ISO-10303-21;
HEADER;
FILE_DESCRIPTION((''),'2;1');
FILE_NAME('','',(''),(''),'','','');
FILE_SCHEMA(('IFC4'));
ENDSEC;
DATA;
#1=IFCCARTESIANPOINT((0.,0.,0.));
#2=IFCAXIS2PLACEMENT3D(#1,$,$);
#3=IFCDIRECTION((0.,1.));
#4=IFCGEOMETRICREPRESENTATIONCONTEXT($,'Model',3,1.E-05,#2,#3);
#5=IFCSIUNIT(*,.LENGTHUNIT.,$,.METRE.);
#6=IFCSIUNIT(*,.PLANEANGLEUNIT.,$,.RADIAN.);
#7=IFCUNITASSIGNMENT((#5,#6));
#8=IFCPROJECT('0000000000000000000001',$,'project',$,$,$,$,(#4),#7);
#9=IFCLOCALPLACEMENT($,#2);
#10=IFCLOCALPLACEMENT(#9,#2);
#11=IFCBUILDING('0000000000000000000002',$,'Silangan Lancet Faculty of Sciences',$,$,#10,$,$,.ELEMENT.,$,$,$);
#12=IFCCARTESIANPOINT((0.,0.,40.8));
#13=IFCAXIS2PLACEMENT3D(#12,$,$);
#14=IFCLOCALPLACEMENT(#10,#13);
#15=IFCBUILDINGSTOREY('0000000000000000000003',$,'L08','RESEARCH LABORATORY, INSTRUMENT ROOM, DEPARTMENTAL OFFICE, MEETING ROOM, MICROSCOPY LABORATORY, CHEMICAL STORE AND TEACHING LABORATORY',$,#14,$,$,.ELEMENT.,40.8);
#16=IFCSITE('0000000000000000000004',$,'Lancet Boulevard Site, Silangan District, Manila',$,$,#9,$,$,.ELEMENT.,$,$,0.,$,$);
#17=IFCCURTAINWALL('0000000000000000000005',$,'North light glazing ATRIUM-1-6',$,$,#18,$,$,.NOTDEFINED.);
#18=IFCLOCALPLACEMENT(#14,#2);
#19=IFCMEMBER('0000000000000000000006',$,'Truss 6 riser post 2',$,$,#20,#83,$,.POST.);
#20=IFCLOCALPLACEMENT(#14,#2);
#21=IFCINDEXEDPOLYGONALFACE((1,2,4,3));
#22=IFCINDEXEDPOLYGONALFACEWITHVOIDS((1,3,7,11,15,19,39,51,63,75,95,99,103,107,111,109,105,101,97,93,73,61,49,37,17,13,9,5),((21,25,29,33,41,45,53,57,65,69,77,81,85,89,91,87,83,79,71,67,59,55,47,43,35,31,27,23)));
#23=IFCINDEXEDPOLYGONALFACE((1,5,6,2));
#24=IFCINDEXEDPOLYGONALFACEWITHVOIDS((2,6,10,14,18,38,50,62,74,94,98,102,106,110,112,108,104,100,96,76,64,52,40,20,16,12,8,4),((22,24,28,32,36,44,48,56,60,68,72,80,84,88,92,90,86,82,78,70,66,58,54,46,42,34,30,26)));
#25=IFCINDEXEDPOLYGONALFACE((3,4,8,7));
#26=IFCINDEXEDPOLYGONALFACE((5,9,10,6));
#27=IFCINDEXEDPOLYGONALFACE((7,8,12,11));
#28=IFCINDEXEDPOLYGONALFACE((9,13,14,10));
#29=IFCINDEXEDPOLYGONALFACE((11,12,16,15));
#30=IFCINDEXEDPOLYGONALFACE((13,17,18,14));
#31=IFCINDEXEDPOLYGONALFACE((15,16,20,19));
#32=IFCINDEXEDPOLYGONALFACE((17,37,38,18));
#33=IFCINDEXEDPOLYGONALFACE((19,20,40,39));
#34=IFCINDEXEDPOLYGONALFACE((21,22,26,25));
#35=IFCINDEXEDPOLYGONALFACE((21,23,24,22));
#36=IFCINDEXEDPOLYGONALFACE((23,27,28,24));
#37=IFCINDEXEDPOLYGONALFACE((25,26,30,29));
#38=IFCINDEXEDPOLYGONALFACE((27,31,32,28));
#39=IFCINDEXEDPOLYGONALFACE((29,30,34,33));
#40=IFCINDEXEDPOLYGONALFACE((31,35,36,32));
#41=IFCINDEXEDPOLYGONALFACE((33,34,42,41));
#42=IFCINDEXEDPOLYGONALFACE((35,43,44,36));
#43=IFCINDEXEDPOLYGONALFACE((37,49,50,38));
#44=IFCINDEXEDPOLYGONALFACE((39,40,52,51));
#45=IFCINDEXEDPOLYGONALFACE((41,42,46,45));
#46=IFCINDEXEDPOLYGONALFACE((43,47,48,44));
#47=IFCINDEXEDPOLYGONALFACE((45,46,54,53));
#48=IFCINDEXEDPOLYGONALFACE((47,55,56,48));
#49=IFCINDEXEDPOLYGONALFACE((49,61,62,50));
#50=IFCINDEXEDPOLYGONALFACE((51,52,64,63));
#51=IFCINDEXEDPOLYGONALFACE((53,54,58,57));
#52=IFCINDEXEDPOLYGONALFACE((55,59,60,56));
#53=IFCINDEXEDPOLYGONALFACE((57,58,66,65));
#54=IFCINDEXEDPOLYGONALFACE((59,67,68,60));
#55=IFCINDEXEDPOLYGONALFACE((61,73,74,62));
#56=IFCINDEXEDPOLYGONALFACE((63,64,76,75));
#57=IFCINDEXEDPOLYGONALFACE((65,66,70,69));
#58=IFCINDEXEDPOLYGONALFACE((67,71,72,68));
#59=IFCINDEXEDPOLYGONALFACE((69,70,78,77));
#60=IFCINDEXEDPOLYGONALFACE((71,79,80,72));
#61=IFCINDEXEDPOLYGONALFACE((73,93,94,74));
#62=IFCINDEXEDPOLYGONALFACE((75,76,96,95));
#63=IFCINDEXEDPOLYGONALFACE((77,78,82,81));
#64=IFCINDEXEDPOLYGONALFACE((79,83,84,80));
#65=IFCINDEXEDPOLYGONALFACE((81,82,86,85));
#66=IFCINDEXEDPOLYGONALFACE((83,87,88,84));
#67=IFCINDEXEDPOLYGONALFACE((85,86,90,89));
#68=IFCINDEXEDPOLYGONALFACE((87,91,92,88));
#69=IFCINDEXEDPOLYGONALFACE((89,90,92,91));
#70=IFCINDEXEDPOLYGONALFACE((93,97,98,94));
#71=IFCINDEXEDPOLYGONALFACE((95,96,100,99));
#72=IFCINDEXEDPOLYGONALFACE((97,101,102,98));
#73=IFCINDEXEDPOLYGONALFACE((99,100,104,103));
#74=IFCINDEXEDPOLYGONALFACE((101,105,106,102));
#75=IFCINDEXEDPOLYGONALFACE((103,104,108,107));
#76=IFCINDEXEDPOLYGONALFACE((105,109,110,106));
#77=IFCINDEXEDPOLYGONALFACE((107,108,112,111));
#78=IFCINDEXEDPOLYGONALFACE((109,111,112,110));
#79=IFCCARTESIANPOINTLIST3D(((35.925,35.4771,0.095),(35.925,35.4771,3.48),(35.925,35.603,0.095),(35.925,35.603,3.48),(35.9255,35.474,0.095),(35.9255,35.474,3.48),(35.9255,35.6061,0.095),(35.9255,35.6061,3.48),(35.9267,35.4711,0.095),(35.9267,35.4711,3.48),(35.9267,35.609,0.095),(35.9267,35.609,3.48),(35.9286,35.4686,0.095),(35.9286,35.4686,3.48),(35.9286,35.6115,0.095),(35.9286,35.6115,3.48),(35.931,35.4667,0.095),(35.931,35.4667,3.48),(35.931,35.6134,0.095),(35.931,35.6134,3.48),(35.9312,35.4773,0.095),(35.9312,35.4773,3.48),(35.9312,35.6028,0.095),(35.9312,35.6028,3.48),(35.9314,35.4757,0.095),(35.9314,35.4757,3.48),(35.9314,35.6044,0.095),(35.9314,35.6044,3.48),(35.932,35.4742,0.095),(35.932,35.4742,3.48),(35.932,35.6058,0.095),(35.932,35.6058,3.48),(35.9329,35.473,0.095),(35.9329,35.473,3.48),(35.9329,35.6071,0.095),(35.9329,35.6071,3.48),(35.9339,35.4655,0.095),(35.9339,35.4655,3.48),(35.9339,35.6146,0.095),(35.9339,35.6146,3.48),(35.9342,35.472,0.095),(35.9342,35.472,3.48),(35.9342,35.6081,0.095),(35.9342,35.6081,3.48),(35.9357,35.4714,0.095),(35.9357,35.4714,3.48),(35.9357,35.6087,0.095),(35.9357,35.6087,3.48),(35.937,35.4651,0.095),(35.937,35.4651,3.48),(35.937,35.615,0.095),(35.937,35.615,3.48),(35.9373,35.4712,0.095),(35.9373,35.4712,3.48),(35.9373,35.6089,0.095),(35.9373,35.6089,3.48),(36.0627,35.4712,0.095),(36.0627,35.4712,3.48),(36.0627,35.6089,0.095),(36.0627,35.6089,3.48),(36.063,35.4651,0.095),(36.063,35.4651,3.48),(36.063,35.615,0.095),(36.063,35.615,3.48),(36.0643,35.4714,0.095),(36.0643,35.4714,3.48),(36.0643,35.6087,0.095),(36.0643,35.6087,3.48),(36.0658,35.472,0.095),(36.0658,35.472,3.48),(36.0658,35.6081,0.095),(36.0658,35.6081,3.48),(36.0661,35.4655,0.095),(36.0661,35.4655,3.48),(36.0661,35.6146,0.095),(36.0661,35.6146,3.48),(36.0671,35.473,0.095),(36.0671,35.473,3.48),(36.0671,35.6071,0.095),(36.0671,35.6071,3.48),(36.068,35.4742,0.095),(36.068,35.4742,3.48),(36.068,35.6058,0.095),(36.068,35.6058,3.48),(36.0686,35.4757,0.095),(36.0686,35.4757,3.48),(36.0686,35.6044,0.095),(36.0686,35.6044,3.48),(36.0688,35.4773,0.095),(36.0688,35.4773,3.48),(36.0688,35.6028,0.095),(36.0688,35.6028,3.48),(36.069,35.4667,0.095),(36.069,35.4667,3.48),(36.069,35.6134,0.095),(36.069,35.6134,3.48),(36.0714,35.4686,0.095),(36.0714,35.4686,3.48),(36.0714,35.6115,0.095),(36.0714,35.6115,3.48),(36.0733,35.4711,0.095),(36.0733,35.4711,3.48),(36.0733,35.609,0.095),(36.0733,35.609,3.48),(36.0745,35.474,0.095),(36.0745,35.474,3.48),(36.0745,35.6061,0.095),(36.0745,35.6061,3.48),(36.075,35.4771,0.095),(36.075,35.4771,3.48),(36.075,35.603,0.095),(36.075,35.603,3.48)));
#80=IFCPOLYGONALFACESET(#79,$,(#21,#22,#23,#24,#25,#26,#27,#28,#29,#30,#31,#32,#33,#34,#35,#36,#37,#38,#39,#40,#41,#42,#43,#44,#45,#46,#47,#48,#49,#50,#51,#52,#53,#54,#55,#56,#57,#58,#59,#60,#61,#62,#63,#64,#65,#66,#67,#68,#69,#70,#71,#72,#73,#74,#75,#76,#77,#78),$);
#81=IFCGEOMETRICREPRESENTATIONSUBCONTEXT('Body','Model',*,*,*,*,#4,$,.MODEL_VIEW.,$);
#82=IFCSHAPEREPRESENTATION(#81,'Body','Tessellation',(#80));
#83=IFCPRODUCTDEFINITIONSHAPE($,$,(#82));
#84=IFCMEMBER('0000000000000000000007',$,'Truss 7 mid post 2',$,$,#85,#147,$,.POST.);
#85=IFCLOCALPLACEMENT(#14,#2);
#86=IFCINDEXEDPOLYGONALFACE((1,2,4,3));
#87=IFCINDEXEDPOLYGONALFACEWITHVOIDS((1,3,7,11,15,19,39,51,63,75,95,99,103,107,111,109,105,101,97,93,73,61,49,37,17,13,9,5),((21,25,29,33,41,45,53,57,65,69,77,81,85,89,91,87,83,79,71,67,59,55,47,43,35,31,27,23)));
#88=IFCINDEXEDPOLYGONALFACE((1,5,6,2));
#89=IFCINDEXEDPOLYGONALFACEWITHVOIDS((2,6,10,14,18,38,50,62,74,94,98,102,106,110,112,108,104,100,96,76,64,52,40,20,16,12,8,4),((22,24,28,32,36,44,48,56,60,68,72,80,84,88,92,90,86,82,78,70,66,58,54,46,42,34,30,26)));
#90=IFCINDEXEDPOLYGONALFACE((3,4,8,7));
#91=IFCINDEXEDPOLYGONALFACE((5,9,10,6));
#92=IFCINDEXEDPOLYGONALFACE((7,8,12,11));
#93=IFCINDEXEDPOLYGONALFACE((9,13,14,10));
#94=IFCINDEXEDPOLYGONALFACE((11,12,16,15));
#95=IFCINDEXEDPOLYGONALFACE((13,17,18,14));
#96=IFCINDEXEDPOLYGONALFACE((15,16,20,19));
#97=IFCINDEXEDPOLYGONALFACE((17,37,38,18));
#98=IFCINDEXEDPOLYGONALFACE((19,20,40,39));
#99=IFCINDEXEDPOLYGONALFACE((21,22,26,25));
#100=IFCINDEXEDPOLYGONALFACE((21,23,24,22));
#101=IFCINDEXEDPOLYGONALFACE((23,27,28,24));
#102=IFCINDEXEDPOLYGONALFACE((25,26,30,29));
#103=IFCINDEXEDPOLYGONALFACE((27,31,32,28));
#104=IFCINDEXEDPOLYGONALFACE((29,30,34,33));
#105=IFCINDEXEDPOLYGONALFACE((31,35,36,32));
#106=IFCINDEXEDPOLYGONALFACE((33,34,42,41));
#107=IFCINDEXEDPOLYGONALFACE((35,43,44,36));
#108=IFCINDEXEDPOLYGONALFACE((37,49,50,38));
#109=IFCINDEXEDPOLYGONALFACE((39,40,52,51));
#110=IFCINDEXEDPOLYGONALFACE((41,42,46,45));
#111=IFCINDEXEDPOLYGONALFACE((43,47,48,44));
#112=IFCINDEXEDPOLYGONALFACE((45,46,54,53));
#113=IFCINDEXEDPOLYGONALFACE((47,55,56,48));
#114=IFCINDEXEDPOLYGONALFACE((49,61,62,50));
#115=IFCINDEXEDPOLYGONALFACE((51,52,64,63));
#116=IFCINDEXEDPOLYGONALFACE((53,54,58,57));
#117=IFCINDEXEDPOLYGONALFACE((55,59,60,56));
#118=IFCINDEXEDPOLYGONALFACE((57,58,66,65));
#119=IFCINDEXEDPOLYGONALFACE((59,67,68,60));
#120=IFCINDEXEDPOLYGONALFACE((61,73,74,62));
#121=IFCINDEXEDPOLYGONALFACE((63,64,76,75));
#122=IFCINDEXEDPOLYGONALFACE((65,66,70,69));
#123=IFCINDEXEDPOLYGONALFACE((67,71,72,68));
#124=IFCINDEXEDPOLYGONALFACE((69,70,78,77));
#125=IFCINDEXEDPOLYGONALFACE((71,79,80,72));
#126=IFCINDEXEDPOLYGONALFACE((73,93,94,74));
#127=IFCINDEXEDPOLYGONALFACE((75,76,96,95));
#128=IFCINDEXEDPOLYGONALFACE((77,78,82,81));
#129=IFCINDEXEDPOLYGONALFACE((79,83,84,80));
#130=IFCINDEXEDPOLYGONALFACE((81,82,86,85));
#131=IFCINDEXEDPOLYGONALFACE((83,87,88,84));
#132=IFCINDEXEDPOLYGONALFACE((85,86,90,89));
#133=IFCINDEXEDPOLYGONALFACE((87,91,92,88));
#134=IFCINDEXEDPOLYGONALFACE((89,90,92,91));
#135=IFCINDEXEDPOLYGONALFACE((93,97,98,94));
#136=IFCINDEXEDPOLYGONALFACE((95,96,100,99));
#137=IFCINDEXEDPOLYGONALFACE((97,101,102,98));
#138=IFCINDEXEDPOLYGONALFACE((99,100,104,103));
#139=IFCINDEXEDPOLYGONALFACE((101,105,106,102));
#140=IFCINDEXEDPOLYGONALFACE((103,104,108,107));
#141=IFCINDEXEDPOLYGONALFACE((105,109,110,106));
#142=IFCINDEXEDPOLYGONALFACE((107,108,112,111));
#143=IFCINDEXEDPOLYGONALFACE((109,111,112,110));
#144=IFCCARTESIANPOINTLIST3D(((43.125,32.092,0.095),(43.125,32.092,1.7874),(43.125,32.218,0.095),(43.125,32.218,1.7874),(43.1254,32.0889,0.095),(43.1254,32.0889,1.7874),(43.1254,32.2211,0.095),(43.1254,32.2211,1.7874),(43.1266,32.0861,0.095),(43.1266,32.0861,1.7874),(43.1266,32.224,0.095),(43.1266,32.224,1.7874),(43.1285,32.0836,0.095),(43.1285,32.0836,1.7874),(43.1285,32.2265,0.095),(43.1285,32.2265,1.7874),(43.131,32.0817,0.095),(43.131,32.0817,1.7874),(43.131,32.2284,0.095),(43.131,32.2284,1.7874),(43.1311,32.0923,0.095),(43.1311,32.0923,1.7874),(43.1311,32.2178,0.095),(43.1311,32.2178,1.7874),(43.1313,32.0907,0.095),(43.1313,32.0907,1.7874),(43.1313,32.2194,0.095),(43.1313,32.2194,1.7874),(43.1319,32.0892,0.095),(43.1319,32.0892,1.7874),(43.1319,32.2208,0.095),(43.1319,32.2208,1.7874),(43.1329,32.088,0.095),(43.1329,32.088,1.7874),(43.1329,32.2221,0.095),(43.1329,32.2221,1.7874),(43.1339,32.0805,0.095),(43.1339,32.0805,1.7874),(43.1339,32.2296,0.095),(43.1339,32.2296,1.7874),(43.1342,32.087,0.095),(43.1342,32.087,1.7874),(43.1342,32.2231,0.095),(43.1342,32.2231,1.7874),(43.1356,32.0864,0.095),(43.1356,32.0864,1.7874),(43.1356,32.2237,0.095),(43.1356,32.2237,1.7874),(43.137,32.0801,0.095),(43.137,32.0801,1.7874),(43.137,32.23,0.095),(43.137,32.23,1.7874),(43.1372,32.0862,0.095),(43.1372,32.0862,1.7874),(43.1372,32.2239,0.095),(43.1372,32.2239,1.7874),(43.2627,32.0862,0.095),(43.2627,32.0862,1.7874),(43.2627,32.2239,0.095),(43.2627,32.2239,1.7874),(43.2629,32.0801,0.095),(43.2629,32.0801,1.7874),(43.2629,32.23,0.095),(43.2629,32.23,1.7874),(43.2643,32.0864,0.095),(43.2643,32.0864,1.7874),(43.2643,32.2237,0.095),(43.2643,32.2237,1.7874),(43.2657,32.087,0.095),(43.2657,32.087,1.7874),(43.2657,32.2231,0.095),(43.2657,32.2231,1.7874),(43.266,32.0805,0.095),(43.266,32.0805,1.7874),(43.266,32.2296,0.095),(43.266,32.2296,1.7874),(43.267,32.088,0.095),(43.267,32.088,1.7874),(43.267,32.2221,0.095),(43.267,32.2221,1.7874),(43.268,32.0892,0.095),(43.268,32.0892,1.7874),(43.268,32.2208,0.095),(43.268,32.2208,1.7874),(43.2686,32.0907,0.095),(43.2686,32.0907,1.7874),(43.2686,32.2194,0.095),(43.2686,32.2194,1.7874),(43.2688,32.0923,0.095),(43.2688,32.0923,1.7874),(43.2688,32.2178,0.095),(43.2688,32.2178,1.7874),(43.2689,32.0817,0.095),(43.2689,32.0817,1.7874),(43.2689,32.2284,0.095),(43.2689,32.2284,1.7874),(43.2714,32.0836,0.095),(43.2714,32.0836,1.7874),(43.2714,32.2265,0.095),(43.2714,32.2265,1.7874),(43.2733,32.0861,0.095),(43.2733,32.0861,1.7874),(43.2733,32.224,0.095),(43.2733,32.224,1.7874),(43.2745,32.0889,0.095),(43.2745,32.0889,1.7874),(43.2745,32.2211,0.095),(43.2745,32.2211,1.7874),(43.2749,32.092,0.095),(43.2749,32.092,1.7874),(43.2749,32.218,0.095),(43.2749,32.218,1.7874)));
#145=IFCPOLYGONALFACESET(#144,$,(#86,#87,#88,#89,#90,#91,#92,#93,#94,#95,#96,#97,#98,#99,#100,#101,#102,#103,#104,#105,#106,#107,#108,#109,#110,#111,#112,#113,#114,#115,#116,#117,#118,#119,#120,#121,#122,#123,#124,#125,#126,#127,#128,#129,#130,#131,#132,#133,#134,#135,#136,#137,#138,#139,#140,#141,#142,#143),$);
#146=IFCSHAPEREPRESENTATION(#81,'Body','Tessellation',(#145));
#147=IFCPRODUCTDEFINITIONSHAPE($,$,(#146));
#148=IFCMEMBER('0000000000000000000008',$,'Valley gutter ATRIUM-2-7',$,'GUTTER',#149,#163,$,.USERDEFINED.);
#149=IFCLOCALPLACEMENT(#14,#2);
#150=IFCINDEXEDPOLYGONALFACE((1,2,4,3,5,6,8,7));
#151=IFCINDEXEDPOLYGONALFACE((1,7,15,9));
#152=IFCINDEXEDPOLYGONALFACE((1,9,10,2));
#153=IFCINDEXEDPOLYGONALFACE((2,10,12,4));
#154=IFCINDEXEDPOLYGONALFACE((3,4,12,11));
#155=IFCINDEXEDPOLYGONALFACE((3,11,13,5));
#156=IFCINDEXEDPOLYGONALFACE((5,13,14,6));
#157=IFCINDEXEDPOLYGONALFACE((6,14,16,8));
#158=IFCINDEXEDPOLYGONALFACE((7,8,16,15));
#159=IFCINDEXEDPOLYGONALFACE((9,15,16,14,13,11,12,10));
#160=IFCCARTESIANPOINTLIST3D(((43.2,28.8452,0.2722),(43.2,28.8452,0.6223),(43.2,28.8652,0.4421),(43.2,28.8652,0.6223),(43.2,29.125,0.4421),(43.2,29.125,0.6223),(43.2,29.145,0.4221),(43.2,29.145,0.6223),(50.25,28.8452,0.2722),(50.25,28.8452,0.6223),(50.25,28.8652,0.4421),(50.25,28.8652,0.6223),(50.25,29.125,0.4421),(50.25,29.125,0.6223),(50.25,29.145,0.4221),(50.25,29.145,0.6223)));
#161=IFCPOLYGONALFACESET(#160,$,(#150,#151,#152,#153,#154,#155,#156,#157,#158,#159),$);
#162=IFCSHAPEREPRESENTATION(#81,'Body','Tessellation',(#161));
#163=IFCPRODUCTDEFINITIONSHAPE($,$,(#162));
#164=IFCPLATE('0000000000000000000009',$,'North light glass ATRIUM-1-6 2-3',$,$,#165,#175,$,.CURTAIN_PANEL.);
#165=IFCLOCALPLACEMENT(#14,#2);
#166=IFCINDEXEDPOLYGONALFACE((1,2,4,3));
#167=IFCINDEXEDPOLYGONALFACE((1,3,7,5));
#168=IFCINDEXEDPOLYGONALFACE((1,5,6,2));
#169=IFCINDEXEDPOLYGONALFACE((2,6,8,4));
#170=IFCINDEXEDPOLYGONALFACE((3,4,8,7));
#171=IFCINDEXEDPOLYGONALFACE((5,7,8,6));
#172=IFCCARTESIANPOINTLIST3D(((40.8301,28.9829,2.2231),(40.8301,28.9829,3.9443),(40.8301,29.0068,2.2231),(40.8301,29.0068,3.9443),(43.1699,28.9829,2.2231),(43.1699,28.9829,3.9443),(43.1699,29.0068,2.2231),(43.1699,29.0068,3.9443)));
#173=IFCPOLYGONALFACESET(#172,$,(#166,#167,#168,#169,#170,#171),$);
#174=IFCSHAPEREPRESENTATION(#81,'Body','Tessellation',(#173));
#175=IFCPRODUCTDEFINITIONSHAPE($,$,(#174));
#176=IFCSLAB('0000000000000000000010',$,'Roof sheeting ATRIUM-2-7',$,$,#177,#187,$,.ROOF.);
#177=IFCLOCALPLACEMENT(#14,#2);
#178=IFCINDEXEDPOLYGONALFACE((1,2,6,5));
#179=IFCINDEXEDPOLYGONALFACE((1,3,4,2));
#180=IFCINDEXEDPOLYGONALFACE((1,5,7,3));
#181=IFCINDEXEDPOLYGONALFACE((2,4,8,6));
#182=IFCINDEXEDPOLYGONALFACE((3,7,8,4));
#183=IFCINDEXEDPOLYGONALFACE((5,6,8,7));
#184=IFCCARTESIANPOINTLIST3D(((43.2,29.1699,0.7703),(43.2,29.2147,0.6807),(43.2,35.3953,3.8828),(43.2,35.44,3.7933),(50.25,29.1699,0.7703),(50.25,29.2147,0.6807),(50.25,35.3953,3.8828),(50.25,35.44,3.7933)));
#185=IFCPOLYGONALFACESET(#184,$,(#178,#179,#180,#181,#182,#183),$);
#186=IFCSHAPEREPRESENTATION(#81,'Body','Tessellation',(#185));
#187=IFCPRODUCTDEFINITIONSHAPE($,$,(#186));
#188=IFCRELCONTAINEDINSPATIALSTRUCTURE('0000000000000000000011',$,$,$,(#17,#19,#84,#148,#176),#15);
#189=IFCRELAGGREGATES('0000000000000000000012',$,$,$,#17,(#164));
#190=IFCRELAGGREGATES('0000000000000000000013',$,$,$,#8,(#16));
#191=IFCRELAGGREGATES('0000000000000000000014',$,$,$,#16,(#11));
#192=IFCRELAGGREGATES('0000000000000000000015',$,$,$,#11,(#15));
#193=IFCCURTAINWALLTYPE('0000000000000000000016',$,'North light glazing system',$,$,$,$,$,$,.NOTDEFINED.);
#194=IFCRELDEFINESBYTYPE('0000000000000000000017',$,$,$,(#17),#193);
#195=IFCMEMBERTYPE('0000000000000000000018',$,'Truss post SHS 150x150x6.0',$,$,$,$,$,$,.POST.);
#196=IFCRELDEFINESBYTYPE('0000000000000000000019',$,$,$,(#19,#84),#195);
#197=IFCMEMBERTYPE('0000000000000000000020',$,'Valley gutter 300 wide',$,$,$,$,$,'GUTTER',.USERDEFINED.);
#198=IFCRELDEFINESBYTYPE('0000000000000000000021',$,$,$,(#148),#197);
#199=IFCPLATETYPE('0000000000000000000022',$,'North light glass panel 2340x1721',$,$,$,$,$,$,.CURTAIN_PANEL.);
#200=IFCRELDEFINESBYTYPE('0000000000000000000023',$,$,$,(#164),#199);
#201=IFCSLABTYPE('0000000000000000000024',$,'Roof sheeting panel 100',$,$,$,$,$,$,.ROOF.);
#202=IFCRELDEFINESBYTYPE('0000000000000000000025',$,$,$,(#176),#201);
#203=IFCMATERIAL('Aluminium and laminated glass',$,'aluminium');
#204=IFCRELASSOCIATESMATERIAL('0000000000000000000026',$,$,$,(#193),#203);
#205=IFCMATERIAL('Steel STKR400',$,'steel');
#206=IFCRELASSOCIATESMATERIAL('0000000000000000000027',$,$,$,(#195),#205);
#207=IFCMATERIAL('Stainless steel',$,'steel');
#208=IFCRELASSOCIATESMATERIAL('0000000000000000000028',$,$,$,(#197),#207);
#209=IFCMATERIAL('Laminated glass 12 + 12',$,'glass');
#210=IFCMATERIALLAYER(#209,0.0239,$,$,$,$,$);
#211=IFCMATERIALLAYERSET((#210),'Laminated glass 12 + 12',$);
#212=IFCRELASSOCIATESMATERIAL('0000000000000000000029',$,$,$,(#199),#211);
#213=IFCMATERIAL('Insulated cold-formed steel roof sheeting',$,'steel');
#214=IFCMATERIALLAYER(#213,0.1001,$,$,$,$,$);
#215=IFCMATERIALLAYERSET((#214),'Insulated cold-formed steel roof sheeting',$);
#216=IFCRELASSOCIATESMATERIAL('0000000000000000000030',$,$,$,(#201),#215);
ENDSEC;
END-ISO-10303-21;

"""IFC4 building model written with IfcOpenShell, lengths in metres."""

from ifc_helpers import new_model, si_unit, direction, frame, origin, origin_2d, place, context, subcontext, project, spatial, polyline, hollow_rectangle, outline, extrude, material, layer, layer_set, material_profile, profile_set, type_object, element, aggregate, save


model = new_model("IFC4")

# Units and contexts
model_context = context("Model", 3, precision=1e-05, world=origin(), true_north=direction((0.0, 1.0)))
body_context = subcontext(model_context, "Body", "Model", "MODEL_VIEW")
ifc_project = project(units=[si_unit("LENGTHUNIT", "METRE"), si_unit("PLANEANGLEUNIT", "RADIAN")], contexts=[model_context])

# Site, building, storey
site_placement = place(None, origin())
site = spatial("IfcSite", under=ifc_project, at=site_placement, Name="Lancet Boulevard Site, Silangan District, Manila", CompositionType="ELEMENT", RefElevation=0.0)
building_placement = place(site_placement, origin())
building = spatial("IfcBuilding", under=site, at=building_placement, Name="Silangan Lancet Faculty of Sciences", CompositionType="ELEMENT")
storey_placement = place(building_placement, frame((0.0, 0.0, 40.8)))
storey = spatial("IfcBuildingStorey", under=building, at=storey_placement, Name="L08", Description="RESEARCH LABORATORY, INSTRUMENT ROOM, DEPARTMENTAL OFFICE, MEETING ROOM, MICROSCOPY LABORATORY, CHEMICAL STORE AND TEACHING LABORATORY", CompositionType="ELEMENT", Elevation=40.8)

# Curtain wall
ifc_material_1 = material(Name="Aluminium and laminated glass", Category="aluminium")
curtain_wall_type = type_object("IfcCurtainWallType", Name="North light glazing system", PredefinedType="NOTDEFINED", material=ifc_material_1)
curtain_wall_1_placement = place(storey_placement, origin())
curtain_wall_1 = element("IfcCurtainWall", 1, at=curtain_wall_1_placement, inside=storey, type_object=curtain_wall_type, Name="North light glazing ATRIUM-1-6", PredefinedType="NOTDEFINED")

# Members
ifc_material_2 = material(Name="Steel STKR400", Category="steel")
ifc_material_profile_1 = material_profile(ifc_material_2, hollow_rectangle(XDim=0.1499, YDim=0.1499, WallThickness=0.0061, InnerFilletRadius=0.0061, OuterFilletRadius=0.012, at=origin_2d()), Name="SHS 150x150x6.0")
ifc_profile_set_1 = profile_set([ifc_material_profile_1], Name="Steel STKR400")
member_type_1 = type_object("IfcMemberType", Name="Truss post SHS 150x150x6.0", PredefinedType="POST", material=ifc_profile_set_1)
member_1_placement = place(storey_placement, frame((36.0, 35.54, 0.095), z_axis=(0.0, 0.0, 1.0), x_axis=(1.0, 0.0, 0.0)))
element("IfcMember", 2, at=member_1_placement, inside=storey, type_object=member_type_1, Name="Truss 6 riser post 2", PredefinedType="POST", context=body_context, shape_type="SweptSolid", body=[
    extrude(hollow_rectangle(XDim=0.1499, YDim=0.1499, WallThickness=0.0061, InnerFilletRadius=0.0061, OuterFilletRadius=0.012, at=origin_2d()), origin(), (0.0, 0.0, 1.0), 3.385),
])
member_2_placement = place(storey_placement, frame((43.2, 32.155, 0.095), z_axis=(0.0, 0.0, 1.0), x_axis=(1.0, 0.0, 0.0)))
element("IfcMember", 3, at=member_2_placement, inside=storey, type_object=member_type_1, Name="Truss 7 mid post 2", PredefinedType="POST", context=body_context, shape_type="SweptSolid", body=[
    extrude(hollow_rectangle(XDim=0.1499, YDim=0.1499, WallThickness=0.0061, InnerFilletRadius=0.0061, OuterFilletRadius=0.012, at=origin_2d()), origin(), (0.0, 0.0, 1.0), 1.6924),
])
ifc_material_3 = material(Name="Stainless steel", Category="steel")
ifc_material_profile_2 = material_profile(ifc_material_3, outline(polyline([(-0.1499, 0.0), (0.1499, 0.1499), (0.1499, 0.3501), (0.1299, 0.3501), (0.1299, 0.1699), (-0.1299, 0.1699), (-0.1299, 0.3501), (-0.1499, 0.3501), (-0.1499, 0.0)])), Name="valley gutter")
ifc_profile_set_2 = profile_set([ifc_material_profile_2], Name="Stainless steel")
member_type_2 = type_object("IfcMemberType", Name="Valley gutter 300 wide", ElementType="GUTTER", PredefinedType="USERDEFINED", material=ifc_profile_set_2)
member_3_placement = place(storey_placement, frame((43.2, 28.9951, 0.2722), z_axis=(1.0, 0.0, 0.0), x_axis=(0.0, 1.0, 0.0)))
element("IfcMember", 4, at=member_3_placement, inside=storey, type_object=member_type_2, Name="Valley gutter ATRIUM-2-7", ObjectType="GUTTER", PredefinedType="USERDEFINED", context=body_context, shape_type="SweptSolid", body=[
    extrude(outline(polyline([(-0.1499, 0.0), (0.1499, 0.1499), (0.1499, 0.3501), (0.1299, 0.3501), (0.1299, 0.1699), (-0.1299, 0.1699), (-0.1299, 0.3501), (-0.1499, 0.3501), (-0.1499, 0.0)])), origin(), (0.0, 0.0, 1.0), 7.05),
])

# Plate
ifc_material_4 = material(Name="Laminated glass 12 + 12", Category="glass")
ifc_layer_1 = layer(ifc_material_4, 0.0239)
ifc_layer_set_1 = layer_set([ifc_layer_1], Name="Laminated glass 12 + 12")
plate_type = type_object("IfcPlateType", Name="North light glass panel 2340x1721", PredefinedType="CURTAIN_PANEL", material=ifc_layer_set_1)
plate_placement = place(storey_placement, frame((40.8301, 28.9829, 2.2231), z_axis=(0.0, -1.0, 0.0), x_axis=(1.0, 0.0, 0.0)))
plate = element("IfcPlate", 5, at=plate_placement, type_object=plate_type, Name="North light glass ATRIUM-1-6 2-3", PredefinedType="CURTAIN_PANEL", context=body_context, shape_type="SweptSolid", body=[
    extrude(outline(polyline([(0.0, 0.0), (2.3398, 0.0), (2.3398, 1.7212), (0.0, 1.7212), (0.0, 0.0)])), origin(), (0.0, 0.0, -1.0), 0.0239),
])
aggregate(curtain_wall_1, [plate])

# Slab
ifc_material_5 = material(Name="Insulated cold-formed steel roof sheeting", Category="steel")
ifc_layer_2 = layer(ifc_material_5, 0.1001)
ifc_layer_set_2 = layer_set([ifc_layer_2], Name="Insulated cold-formed steel roof sheeting")
slab_type = type_object("IfcSlabType", Name="Roof sheeting panel 100", PredefinedType="ROOF", material=ifc_layer_set_2)
slab_placement = place(storey_placement, frame((43.2, 29.1699, 0.7703), z_axis=(0.0, -0.4472, 0.894434), x_axis=(1.0, 0.0, 0.0)))
element("IfcSlab", 6, at=slab_placement, inside=storey, type_object=slab_type, Name="Roof sheeting ATRIUM-2-7", PredefinedType="ROOF", context=body_context, shape_type="SweptSolid", body=[
    extrude(outline(polyline([(0.0, 0.0), (7.05, 0.0), (7.05, 6.9601), (0.0, 6.9601), (0.0, 0.0)])), origin(), (0.0, 0.0, -1.0), 0.1001),
])

save(model, "model.ifc")
